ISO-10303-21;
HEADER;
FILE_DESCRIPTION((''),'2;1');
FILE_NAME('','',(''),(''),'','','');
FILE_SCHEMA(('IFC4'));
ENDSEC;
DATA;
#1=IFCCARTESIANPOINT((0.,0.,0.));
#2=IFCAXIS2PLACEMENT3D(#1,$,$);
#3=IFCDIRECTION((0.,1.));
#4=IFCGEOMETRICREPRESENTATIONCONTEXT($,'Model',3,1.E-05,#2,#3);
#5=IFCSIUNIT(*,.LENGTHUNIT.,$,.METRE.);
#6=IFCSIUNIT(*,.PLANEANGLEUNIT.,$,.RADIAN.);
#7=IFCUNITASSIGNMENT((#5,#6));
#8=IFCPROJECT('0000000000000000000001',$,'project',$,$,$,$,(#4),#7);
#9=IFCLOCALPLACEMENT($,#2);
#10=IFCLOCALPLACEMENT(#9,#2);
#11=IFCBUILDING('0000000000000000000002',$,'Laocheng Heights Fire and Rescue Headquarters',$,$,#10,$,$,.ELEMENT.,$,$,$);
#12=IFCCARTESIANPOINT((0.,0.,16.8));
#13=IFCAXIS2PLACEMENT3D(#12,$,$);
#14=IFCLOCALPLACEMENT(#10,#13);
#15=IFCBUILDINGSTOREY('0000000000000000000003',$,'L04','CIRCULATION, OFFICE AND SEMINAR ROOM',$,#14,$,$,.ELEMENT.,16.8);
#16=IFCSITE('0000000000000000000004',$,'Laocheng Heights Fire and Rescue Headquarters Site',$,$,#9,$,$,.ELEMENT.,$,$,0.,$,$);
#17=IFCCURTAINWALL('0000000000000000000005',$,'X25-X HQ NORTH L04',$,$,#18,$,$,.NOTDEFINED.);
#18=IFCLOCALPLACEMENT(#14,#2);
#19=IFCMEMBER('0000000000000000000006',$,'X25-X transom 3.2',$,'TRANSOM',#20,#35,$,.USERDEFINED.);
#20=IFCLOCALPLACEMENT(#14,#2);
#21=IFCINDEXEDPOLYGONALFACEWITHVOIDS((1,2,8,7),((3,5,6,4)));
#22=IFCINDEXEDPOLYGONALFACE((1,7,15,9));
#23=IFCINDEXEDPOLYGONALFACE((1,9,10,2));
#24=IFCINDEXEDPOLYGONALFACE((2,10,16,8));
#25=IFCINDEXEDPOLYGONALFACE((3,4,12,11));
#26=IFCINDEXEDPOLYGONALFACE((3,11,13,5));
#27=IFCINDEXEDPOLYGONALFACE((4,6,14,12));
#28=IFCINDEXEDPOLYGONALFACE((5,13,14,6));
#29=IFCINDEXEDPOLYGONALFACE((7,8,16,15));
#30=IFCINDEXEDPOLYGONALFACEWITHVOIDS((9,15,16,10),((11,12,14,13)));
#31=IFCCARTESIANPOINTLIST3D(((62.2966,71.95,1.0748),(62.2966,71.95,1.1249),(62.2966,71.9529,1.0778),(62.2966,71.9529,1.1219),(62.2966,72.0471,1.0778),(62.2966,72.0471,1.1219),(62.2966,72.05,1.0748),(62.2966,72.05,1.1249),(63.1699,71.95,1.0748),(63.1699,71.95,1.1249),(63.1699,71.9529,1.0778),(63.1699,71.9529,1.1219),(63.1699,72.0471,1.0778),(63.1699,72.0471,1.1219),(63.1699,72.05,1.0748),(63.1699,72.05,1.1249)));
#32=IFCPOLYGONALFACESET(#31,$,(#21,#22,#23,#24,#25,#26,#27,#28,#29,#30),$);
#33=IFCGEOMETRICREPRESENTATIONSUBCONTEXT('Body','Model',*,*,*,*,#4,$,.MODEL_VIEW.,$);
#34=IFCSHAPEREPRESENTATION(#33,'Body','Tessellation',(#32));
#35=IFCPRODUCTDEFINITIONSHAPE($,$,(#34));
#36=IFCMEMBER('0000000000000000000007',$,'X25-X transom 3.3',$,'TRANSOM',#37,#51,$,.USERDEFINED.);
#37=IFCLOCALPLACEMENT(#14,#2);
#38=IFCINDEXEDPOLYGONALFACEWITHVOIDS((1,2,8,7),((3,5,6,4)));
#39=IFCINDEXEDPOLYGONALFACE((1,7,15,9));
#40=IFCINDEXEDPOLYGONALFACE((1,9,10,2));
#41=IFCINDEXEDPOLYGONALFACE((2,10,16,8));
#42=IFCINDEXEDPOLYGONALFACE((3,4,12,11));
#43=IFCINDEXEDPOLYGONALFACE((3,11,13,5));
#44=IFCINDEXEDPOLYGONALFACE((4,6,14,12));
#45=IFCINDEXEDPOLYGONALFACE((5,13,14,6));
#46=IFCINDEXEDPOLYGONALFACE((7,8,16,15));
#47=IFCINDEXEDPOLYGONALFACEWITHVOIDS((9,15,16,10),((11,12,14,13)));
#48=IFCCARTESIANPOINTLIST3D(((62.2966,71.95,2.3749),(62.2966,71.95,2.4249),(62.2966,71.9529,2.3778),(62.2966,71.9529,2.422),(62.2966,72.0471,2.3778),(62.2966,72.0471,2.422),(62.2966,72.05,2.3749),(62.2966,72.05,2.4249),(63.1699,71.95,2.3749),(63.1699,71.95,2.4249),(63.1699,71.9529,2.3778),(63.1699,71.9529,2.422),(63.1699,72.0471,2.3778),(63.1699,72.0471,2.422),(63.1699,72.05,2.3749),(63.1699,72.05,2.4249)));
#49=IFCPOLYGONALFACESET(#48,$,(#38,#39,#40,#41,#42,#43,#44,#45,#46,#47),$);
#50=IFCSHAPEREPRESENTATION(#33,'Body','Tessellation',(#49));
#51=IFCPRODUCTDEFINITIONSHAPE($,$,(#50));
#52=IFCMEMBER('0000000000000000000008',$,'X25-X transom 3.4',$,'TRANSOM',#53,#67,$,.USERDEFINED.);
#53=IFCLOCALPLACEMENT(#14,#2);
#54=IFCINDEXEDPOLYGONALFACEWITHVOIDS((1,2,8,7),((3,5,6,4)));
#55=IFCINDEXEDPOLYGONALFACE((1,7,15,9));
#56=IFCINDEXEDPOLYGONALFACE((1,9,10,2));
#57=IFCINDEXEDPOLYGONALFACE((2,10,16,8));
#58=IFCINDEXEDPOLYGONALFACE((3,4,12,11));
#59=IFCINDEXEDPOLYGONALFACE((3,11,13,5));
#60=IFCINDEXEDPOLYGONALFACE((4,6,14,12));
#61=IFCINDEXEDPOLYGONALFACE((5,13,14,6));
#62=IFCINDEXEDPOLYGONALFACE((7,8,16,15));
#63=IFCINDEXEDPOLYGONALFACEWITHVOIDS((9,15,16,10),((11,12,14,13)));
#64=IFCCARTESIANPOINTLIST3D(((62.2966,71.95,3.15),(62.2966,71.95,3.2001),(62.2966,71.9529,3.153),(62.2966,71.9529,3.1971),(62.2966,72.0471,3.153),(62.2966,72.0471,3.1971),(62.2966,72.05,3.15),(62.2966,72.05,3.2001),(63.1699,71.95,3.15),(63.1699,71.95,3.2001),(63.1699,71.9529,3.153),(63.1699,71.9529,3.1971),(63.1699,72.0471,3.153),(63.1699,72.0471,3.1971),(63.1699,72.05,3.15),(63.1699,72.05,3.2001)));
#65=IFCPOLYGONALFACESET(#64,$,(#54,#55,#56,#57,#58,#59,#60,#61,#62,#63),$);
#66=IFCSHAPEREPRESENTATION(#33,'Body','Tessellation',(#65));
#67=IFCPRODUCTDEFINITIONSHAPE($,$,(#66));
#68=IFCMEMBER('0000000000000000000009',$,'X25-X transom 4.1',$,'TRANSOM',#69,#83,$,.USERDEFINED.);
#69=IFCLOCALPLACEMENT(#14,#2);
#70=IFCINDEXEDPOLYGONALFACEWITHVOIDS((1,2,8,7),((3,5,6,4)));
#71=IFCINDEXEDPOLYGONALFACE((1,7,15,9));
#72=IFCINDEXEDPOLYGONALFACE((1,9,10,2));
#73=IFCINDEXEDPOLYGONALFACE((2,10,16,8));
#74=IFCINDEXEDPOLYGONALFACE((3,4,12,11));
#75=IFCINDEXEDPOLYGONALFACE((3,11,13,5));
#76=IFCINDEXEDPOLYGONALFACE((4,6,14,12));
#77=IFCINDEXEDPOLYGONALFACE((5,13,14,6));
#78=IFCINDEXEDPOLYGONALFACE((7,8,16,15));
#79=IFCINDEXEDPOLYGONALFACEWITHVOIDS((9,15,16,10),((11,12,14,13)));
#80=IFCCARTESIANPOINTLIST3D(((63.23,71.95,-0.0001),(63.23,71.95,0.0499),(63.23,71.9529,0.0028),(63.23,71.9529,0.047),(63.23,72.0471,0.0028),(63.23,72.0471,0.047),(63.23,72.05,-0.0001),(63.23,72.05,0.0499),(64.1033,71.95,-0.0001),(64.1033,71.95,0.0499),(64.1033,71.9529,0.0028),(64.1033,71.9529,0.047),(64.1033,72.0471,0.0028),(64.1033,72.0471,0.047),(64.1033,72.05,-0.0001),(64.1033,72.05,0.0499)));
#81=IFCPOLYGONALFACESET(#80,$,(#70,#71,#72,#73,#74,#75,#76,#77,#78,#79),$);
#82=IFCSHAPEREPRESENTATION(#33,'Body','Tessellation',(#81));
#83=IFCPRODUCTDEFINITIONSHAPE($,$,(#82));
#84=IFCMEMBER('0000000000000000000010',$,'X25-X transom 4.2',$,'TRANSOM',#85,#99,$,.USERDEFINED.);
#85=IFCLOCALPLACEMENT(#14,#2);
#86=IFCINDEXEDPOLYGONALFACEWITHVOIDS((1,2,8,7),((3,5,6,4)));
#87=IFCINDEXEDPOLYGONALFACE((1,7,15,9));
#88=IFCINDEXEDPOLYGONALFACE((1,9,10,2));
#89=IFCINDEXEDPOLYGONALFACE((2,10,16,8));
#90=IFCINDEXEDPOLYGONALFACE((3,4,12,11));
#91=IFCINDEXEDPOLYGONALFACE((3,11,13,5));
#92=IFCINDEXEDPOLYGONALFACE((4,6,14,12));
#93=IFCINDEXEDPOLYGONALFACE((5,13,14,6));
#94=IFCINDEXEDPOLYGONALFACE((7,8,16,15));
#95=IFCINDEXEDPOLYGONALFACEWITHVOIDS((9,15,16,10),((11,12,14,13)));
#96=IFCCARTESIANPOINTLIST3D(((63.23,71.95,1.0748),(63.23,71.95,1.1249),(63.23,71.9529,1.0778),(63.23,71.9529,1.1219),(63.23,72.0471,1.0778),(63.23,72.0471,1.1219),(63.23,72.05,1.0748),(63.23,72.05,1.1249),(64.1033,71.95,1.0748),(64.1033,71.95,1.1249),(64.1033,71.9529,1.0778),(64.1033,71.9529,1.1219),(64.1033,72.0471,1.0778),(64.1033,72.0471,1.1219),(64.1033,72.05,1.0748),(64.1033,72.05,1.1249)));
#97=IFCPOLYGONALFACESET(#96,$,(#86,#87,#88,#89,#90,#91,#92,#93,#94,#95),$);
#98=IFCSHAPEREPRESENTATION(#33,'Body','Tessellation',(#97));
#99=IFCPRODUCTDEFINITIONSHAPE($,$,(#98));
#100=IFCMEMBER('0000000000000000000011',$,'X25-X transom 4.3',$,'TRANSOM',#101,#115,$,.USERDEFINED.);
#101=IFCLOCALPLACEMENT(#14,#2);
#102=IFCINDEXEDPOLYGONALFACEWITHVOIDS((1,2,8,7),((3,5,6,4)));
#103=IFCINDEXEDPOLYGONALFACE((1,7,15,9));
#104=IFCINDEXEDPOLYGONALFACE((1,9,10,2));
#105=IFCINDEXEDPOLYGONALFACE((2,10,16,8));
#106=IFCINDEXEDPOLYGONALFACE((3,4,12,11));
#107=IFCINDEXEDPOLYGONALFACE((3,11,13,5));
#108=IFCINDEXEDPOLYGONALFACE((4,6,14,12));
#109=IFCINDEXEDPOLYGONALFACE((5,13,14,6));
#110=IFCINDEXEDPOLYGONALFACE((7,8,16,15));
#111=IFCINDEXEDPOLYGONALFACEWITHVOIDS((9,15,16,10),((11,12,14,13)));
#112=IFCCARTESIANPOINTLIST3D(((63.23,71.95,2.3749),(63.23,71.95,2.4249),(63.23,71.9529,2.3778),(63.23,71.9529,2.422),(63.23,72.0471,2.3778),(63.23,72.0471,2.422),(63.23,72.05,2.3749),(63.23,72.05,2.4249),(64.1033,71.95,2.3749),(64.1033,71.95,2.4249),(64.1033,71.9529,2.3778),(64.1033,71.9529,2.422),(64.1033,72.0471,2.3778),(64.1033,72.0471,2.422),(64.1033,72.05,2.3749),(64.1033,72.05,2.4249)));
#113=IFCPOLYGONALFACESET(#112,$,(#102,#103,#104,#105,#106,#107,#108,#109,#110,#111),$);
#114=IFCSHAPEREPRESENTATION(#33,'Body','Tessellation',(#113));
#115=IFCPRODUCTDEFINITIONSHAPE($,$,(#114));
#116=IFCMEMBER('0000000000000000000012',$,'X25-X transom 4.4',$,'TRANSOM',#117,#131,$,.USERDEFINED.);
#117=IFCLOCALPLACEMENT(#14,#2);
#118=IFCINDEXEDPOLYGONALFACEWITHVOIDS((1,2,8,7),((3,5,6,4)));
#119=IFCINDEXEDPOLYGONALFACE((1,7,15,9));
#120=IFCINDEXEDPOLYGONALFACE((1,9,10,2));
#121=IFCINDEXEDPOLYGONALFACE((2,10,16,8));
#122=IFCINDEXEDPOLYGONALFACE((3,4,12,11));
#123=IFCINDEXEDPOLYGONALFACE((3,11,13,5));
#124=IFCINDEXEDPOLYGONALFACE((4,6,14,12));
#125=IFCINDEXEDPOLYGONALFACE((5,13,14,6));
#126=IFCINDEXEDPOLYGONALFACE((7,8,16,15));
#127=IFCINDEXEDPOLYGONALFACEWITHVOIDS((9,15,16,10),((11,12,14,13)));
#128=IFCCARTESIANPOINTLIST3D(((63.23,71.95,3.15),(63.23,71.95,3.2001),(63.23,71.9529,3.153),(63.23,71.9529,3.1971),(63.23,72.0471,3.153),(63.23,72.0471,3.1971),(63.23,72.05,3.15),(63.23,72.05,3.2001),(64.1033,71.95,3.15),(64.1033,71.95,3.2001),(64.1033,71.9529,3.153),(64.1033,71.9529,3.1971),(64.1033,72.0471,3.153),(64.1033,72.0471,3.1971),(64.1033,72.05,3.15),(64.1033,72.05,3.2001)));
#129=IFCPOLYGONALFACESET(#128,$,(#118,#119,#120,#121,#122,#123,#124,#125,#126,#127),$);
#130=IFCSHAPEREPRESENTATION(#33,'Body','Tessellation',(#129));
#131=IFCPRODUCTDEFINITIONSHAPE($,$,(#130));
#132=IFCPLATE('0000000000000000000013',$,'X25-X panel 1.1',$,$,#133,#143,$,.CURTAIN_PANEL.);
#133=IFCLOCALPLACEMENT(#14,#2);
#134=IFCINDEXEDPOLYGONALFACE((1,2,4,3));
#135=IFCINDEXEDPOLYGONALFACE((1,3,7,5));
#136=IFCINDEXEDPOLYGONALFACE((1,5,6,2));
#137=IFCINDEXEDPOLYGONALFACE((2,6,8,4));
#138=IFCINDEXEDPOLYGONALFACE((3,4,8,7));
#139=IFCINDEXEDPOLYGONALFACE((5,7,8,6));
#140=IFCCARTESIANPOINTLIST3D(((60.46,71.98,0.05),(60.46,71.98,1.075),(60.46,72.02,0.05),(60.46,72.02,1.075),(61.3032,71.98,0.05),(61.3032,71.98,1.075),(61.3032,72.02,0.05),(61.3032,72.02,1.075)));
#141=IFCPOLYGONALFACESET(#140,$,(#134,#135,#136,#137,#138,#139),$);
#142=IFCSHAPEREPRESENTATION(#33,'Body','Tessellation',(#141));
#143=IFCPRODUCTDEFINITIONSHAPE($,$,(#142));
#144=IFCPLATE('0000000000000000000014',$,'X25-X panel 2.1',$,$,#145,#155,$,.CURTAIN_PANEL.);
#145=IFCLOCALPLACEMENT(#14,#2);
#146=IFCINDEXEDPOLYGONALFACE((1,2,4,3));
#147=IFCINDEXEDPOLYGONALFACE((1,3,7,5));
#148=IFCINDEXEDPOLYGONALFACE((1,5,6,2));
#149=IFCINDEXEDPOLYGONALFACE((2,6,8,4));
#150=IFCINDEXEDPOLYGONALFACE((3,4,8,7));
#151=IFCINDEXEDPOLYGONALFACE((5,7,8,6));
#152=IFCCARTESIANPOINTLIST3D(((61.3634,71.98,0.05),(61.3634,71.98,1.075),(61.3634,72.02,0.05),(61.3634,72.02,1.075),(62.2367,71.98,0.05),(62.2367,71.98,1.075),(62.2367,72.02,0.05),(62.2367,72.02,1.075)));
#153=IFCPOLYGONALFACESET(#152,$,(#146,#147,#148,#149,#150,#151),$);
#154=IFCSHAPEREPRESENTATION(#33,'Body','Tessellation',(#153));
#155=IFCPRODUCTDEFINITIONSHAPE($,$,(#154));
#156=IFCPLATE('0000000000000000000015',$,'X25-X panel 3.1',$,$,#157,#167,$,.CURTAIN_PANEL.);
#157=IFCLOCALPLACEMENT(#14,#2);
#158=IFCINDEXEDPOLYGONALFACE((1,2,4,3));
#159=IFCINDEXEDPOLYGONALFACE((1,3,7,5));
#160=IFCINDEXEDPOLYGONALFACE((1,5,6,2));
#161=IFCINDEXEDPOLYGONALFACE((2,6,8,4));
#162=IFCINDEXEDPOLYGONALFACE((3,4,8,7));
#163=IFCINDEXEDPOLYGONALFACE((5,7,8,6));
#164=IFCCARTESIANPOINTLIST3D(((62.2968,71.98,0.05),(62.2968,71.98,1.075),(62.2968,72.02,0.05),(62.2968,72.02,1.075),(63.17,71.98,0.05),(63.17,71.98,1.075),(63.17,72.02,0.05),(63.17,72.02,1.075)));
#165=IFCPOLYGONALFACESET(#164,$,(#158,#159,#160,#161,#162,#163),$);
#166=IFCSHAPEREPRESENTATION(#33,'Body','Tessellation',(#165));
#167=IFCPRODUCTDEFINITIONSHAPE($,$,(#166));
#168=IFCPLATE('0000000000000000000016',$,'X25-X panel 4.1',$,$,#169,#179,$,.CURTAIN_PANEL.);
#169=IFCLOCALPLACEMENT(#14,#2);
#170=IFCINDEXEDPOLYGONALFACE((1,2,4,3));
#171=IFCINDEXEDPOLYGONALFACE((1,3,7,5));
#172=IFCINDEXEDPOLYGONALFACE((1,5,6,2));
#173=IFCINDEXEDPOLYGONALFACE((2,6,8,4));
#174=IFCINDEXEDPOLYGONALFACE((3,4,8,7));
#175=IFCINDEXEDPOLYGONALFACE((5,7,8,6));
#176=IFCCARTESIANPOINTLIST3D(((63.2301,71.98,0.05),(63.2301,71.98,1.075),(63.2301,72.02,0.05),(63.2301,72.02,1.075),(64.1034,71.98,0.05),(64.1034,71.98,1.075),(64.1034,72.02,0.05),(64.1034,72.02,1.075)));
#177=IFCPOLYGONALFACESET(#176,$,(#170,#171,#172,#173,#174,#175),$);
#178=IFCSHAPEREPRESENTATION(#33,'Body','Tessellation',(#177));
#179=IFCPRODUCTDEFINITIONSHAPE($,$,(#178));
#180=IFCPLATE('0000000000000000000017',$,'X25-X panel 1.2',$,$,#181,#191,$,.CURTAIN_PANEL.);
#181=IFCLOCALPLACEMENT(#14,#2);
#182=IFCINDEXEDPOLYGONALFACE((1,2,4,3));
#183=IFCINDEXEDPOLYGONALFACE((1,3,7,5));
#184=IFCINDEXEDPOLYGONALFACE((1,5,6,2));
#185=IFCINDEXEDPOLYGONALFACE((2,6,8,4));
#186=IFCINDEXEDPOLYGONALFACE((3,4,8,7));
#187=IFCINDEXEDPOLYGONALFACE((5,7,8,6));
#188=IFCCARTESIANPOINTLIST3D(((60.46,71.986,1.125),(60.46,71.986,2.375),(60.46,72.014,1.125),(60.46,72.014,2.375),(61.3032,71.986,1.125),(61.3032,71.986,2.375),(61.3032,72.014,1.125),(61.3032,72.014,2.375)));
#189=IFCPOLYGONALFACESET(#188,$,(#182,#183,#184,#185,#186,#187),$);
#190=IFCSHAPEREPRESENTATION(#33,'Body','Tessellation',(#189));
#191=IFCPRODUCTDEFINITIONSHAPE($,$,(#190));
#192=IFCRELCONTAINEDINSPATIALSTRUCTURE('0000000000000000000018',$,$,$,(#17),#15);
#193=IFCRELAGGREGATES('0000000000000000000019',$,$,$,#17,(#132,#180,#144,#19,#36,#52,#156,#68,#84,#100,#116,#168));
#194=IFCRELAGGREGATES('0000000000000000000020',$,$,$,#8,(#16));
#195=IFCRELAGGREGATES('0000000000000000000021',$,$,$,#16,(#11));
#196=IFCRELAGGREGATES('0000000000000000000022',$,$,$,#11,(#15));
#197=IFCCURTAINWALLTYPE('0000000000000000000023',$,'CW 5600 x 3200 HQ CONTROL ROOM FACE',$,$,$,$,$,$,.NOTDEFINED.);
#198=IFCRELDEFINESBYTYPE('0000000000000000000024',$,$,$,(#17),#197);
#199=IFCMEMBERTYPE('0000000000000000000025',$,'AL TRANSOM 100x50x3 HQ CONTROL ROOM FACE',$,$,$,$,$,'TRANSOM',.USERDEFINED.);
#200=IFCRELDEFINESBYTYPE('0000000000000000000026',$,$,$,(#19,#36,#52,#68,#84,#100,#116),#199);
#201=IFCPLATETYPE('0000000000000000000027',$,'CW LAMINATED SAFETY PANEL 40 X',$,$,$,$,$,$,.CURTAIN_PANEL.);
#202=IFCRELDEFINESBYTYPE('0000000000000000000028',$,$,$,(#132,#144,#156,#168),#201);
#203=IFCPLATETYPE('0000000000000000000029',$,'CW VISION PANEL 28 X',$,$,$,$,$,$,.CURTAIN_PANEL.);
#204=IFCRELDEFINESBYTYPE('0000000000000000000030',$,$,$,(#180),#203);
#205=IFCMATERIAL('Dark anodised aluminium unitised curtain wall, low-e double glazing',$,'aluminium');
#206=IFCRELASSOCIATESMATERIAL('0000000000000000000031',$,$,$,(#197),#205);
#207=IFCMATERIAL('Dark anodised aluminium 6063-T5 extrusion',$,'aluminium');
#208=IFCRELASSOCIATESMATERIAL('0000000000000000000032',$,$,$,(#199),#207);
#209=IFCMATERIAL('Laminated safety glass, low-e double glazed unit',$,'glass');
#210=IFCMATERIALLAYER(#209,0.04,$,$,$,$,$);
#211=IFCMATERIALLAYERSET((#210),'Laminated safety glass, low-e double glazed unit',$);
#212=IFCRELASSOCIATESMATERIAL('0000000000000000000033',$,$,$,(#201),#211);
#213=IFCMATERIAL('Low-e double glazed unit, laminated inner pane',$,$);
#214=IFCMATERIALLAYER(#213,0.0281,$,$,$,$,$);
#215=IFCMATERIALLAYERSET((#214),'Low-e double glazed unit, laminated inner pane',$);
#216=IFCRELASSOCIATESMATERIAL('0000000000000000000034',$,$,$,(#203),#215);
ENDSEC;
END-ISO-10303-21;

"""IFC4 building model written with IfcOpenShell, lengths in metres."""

from ifc_helpers import new_model, si_unit, direction, frame, origin, origin_2d, place, context, subcontext, project, spatial, rectangle, hollow_rectangle, extrude, material, layer, layer_set, material_profile, profile_set, type_object, element, aggregate, save


model = new_model("IFC4")

# Units and contexts
model_context = context("Model", 3, precision=1e-05, world=origin(), true_north=direction((0.0, 1.0)))
body_context = subcontext(model_context, "Body", "Model", "MODEL_VIEW")
ifc_project = project(units=[si_unit("LENGTHUNIT", "METRE"), si_unit("PLANEANGLEUNIT", "RADIAN")], contexts=[model_context])

# Site, building, storey
site_placement = place(None, origin())
site = spatial("IfcSite", under=ifc_project, at=site_placement, Name="Laocheng Heights Fire and Rescue Headquarters Site", CompositionType="ELEMENT", RefElevation=0.0)
building_placement = place(site_placement, origin())
building = spatial("IfcBuilding", under=site, at=building_placement, Name="Laocheng Heights Fire and Rescue Headquarters", CompositionType="ELEMENT")
storey_placement = place(building_placement, frame((0.0, 0.0, 16.8)))
storey = spatial("IfcBuildingStorey", under=building, at=storey_placement, Name="L04", Description="CIRCULATION, OFFICE AND SEMINAR ROOM", CompositionType="ELEMENT", Elevation=16.8)

# Curtain wall, members, plates
ifc_material_1 = material(Name="Dark anodised aluminium unitised curtain wall, low-e double glazing", Category="aluminium")
curtain_wall_type = type_object("IfcCurtainWallType", Name="CW 5600 x 3200 HQ CONTROL ROOM FACE", PredefinedType="NOTDEFINED", material=ifc_material_1)
curtain_wall_placement = place(storey_placement, origin())
curtain_wall = element("IfcCurtainWall", 1, at=curtain_wall_placement, inside=storey, type_object=curtain_wall_type, Name="X25-X HQ NORTH L04", PredefinedType="NOTDEFINED")
ifc_material_2 = material(Name="Dark anodised aluminium 6063-T5 extrusion", Category="aluminium")
ifc_material_profile_1 = material_profile(ifc_material_2, hollow_rectangle(XDim=0.1001, YDim=0.05, WallThickness=0.0029, at=origin_2d()), Name="AL TRANSOM 100x50x3 HQ CONTROL ROOM FACE")
ifc_profile_set_1 = profile_set([ifc_material_profile_1], Name="Dark anodised aluminium 6063-T5 extrusion")
member_type_1 = type_object("IfcMemberType", Name="AL TRANSOM 100x50x3 HQ CONTROL ROOM FACE", ElementType="TRANSOM", PredefinedType="USERDEFINED", material=ifc_profile_set_1)
member_1_placement = place(storey_placement, frame((62.2966, 72.0, 1.0999), z_axis=(1.0, 0.0, 0.0), x_axis=(0.0, 1.0, 0.0)))
member_1 = element("IfcMember", 2, at=member_1_placement, type_object=member_type_1, Name="X25-X transom 3.2", ObjectType="TRANSOM", PredefinedType="USERDEFINED", context=body_context, shape_type="SweptSolid", body=[
    extrude(hollow_rectangle(XDim=0.1001, YDim=0.05, WallThickness=0.0029, at=origin_2d()), origin(), (0.0, 0.0, 1.0), 0.8733),
])
member_2_placement = place(storey_placement, frame((62.2966, 72.0, 2.3999), z_axis=(1.0, 0.0, 0.0), x_axis=(0.0, 1.0, 0.0)))
member_2 = element("IfcMember", 3, at=member_2_placement, type_object=member_type_1, Name="X25-X transom 3.3", ObjectType="TRANSOM", PredefinedType="USERDEFINED", context=body_context, shape_type="SweptSolid", body=[
    extrude(hollow_rectangle(XDim=0.1001, YDim=0.05, WallThickness=0.0029, at=origin_2d()), origin(), (0.0, 0.0, 1.0), 0.8733),
])
member_3_placement = place(storey_placement, frame((62.2966, 72.0, 3.175), z_axis=(1.0, 0.0, 0.0), x_axis=(0.0, 1.0, 0.0)))
member_3 = element("IfcMember", 4, at=member_3_placement, type_object=member_type_1, Name="X25-X transom 3.4", ObjectType="TRANSOM", PredefinedType="USERDEFINED", context=body_context, shape_type="SweptSolid", body=[
    extrude(hollow_rectangle(XDim=0.1001, YDim=0.05, WallThickness=0.0029, at=origin_2d()), origin(), (0.0, 0.0, 1.0), 0.8733),
])
member_4_placement = place(storey_placement, frame((63.23, 72.0, 0.0249), z_axis=(1.0, 0.0, 0.0), x_axis=(0.0, 1.0, 0.0)))
member_4 = element("IfcMember", 5, at=member_4_placement, type_object=member_type_1, Name="X25-X transom 4.1", ObjectType="TRANSOM", PredefinedType="USERDEFINED", context=body_context, shape_type="SweptSolid", body=[
    extrude(hollow_rectangle(XDim=0.1001, YDim=0.05, WallThickness=0.0029, at=origin_2d()), origin(), (0.0, 0.0, 1.0), 0.8733),
])
member_5_placement = place(storey_placement, frame((63.23, 72.0, 1.0999), z_axis=(1.0, 0.0, 0.0), x_axis=(0.0, 1.0, 0.0)))
member_5 = element("IfcMember", 6, at=member_5_placement, type_object=member_type_1, Name="X25-X transom 4.2", ObjectType="TRANSOM", PredefinedType="USERDEFINED", context=body_context, shape_type="SweptSolid", body=[
    extrude(hollow_rectangle(XDim=0.1001, YDim=0.05, WallThickness=0.0029, at=origin_2d()), origin(), (0.0, 0.0, 1.0), 0.8733),
])
member_6_placement = place(storey_placement, frame((63.23, 72.0, 2.3999), z_axis=(1.0, 0.0, 0.0), x_axis=(0.0, 1.0, 0.0)))
member_6 = element("IfcMember", 7, at=member_6_placement, type_object=member_type_1, Name="X25-X transom 4.3", ObjectType="TRANSOM", PredefinedType="USERDEFINED", context=body_context, shape_type="SweptSolid", body=[
    extrude(hollow_rectangle(XDim=0.1001, YDim=0.05, WallThickness=0.0029, at=origin_2d()), origin(), (0.0, 0.0, 1.0), 0.8733),
])
member_7_placement = place(storey_placement, frame((63.23, 72.0, 3.175), z_axis=(1.0, 0.0, 0.0), x_axis=(0.0, 1.0, 0.0)))
member_7 = element("IfcMember", 8, at=member_7_placement, type_object=member_type_1, Name="X25-X transom 4.4", ObjectType="TRANSOM", PredefinedType="USERDEFINED", context=body_context, shape_type="SweptSolid", body=[
    extrude(hollow_rectangle(XDim=0.1001, YDim=0.05, WallThickness=0.0029, at=origin_2d()), origin(), (0.0, 0.0, 1.0), 0.8733),
])
ifc_material_3 = material(Name="Laminated safety glass, low-e double glazed unit", Category="glass")
ifc_layer_1 = layer(ifc_material_3, 0.04)
ifc_layer_set_1 = layer_set([ifc_layer_1], Name="Laminated safety glass, low-e double glazed unit")
plate_type_1 = type_object("IfcPlateType", Name="CW LAMINATED SAFETY PANEL 40 X", PredefinedType="CURTAIN_PANEL", material=ifc_layer_set_1)
plate_1_placement = place(storey_placement, frame((60.8816, 72.0, 0.05), z_axis=(0.0, 0.0, 1.0), x_axis=(1.0, 0.0, 0.0)))
plate_1 = element("IfcPlate", 9, at=plate_1_placement, type_object=plate_type_1, Name="X25-X panel 1.1", PredefinedType="CURTAIN_PANEL", context=body_context, shape_type="SweptSolid", body=[
    extrude(rectangle(XDim=0.8433, YDim=0.04, at=origin_2d()), origin(), (0.0, 0.0, 1.0), 1.0249),
])
plate_2_placement = place(storey_placement, frame((61.8, 72.0, 0.05), z_axis=(0.0, 0.0, 1.0), x_axis=(1.0, 0.0, 0.0)))
plate_2 = element("IfcPlate", 10, at=plate_2_placement, type_object=plate_type_1, Name="X25-X panel 2.1", PredefinedType="CURTAIN_PANEL", context=body_context, shape_type="SweptSolid", body=[
    extrude(rectangle(XDim=0.8733, YDim=0.04, at=origin_2d()), origin(), (0.0, 0.0, 1.0), 1.0249),
])
plate_3_placement = place(storey_placement, frame((62.7334, 72.0, 0.05), z_axis=(0.0, 0.0, 1.0), x_axis=(1.0, 0.0, 0.0)))
plate_3 = element("IfcPlate", 11, at=plate_3_placement, type_object=plate_type_1, Name="X25-X panel 3.1", PredefinedType="CURTAIN_PANEL", context=body_context, shape_type="SweptSolid", body=[
    extrude(rectangle(XDim=0.8733, YDim=0.04, at=origin_2d()), origin(), (0.0, 0.0, 1.0), 1.0249),
])
plate_4_placement = place(storey_placement, frame((63.6667, 72.0, 0.05), z_axis=(0.0, 0.0, 1.0), x_axis=(1.0, 0.0, 0.0)))
plate_4 = element("IfcPlate", 12, at=plate_4_placement, type_object=plate_type_1, Name="X25-X panel 4.1", PredefinedType="CURTAIN_PANEL", context=body_context, shape_type="SweptSolid", body=[
    extrude(rectangle(XDim=0.8733, YDim=0.04, at=origin_2d()), origin(), (0.0, 0.0, 1.0), 1.0249),
])
ifc_material_4 = material(Name="Low-e double glazed unit, laminated inner pane")
ifc_layer_2 = layer(ifc_material_4, 0.0281)
ifc_layer_set_2 = layer_set([ifc_layer_2], Name="Low-e double glazed unit, laminated inner pane")
plate_type_2 = type_object("IfcPlateType", Name="CW VISION PANEL 28 X", PredefinedType="CURTAIN_PANEL", material=ifc_layer_set_2)
plate_5_placement = place(storey_placement, frame((60.8816, 72.0, 1.125), z_axis=(0.0, 0.0, 1.0), x_axis=(1.0, 0.0, 0.0)))
plate_5 = element("IfcPlate", 13, at=plate_5_placement, type_object=plate_type_2, Name="X25-X panel 1.2", PredefinedType="CURTAIN_PANEL", context=body_context, shape_type="SweptSolid", body=[
    extrude(rectangle(XDim=0.8433, YDim=0.0281, at=origin_2d()), origin(), (0.0, 0.0, 1.0), 1.25),
])
aggregate(curtain_wall, [plate_1, plate_5, plate_2, member_1, member_2, member_3, plate_3, member_4, member_5, member_6, member_7, plate_4])

save(model, "model.ifc")
